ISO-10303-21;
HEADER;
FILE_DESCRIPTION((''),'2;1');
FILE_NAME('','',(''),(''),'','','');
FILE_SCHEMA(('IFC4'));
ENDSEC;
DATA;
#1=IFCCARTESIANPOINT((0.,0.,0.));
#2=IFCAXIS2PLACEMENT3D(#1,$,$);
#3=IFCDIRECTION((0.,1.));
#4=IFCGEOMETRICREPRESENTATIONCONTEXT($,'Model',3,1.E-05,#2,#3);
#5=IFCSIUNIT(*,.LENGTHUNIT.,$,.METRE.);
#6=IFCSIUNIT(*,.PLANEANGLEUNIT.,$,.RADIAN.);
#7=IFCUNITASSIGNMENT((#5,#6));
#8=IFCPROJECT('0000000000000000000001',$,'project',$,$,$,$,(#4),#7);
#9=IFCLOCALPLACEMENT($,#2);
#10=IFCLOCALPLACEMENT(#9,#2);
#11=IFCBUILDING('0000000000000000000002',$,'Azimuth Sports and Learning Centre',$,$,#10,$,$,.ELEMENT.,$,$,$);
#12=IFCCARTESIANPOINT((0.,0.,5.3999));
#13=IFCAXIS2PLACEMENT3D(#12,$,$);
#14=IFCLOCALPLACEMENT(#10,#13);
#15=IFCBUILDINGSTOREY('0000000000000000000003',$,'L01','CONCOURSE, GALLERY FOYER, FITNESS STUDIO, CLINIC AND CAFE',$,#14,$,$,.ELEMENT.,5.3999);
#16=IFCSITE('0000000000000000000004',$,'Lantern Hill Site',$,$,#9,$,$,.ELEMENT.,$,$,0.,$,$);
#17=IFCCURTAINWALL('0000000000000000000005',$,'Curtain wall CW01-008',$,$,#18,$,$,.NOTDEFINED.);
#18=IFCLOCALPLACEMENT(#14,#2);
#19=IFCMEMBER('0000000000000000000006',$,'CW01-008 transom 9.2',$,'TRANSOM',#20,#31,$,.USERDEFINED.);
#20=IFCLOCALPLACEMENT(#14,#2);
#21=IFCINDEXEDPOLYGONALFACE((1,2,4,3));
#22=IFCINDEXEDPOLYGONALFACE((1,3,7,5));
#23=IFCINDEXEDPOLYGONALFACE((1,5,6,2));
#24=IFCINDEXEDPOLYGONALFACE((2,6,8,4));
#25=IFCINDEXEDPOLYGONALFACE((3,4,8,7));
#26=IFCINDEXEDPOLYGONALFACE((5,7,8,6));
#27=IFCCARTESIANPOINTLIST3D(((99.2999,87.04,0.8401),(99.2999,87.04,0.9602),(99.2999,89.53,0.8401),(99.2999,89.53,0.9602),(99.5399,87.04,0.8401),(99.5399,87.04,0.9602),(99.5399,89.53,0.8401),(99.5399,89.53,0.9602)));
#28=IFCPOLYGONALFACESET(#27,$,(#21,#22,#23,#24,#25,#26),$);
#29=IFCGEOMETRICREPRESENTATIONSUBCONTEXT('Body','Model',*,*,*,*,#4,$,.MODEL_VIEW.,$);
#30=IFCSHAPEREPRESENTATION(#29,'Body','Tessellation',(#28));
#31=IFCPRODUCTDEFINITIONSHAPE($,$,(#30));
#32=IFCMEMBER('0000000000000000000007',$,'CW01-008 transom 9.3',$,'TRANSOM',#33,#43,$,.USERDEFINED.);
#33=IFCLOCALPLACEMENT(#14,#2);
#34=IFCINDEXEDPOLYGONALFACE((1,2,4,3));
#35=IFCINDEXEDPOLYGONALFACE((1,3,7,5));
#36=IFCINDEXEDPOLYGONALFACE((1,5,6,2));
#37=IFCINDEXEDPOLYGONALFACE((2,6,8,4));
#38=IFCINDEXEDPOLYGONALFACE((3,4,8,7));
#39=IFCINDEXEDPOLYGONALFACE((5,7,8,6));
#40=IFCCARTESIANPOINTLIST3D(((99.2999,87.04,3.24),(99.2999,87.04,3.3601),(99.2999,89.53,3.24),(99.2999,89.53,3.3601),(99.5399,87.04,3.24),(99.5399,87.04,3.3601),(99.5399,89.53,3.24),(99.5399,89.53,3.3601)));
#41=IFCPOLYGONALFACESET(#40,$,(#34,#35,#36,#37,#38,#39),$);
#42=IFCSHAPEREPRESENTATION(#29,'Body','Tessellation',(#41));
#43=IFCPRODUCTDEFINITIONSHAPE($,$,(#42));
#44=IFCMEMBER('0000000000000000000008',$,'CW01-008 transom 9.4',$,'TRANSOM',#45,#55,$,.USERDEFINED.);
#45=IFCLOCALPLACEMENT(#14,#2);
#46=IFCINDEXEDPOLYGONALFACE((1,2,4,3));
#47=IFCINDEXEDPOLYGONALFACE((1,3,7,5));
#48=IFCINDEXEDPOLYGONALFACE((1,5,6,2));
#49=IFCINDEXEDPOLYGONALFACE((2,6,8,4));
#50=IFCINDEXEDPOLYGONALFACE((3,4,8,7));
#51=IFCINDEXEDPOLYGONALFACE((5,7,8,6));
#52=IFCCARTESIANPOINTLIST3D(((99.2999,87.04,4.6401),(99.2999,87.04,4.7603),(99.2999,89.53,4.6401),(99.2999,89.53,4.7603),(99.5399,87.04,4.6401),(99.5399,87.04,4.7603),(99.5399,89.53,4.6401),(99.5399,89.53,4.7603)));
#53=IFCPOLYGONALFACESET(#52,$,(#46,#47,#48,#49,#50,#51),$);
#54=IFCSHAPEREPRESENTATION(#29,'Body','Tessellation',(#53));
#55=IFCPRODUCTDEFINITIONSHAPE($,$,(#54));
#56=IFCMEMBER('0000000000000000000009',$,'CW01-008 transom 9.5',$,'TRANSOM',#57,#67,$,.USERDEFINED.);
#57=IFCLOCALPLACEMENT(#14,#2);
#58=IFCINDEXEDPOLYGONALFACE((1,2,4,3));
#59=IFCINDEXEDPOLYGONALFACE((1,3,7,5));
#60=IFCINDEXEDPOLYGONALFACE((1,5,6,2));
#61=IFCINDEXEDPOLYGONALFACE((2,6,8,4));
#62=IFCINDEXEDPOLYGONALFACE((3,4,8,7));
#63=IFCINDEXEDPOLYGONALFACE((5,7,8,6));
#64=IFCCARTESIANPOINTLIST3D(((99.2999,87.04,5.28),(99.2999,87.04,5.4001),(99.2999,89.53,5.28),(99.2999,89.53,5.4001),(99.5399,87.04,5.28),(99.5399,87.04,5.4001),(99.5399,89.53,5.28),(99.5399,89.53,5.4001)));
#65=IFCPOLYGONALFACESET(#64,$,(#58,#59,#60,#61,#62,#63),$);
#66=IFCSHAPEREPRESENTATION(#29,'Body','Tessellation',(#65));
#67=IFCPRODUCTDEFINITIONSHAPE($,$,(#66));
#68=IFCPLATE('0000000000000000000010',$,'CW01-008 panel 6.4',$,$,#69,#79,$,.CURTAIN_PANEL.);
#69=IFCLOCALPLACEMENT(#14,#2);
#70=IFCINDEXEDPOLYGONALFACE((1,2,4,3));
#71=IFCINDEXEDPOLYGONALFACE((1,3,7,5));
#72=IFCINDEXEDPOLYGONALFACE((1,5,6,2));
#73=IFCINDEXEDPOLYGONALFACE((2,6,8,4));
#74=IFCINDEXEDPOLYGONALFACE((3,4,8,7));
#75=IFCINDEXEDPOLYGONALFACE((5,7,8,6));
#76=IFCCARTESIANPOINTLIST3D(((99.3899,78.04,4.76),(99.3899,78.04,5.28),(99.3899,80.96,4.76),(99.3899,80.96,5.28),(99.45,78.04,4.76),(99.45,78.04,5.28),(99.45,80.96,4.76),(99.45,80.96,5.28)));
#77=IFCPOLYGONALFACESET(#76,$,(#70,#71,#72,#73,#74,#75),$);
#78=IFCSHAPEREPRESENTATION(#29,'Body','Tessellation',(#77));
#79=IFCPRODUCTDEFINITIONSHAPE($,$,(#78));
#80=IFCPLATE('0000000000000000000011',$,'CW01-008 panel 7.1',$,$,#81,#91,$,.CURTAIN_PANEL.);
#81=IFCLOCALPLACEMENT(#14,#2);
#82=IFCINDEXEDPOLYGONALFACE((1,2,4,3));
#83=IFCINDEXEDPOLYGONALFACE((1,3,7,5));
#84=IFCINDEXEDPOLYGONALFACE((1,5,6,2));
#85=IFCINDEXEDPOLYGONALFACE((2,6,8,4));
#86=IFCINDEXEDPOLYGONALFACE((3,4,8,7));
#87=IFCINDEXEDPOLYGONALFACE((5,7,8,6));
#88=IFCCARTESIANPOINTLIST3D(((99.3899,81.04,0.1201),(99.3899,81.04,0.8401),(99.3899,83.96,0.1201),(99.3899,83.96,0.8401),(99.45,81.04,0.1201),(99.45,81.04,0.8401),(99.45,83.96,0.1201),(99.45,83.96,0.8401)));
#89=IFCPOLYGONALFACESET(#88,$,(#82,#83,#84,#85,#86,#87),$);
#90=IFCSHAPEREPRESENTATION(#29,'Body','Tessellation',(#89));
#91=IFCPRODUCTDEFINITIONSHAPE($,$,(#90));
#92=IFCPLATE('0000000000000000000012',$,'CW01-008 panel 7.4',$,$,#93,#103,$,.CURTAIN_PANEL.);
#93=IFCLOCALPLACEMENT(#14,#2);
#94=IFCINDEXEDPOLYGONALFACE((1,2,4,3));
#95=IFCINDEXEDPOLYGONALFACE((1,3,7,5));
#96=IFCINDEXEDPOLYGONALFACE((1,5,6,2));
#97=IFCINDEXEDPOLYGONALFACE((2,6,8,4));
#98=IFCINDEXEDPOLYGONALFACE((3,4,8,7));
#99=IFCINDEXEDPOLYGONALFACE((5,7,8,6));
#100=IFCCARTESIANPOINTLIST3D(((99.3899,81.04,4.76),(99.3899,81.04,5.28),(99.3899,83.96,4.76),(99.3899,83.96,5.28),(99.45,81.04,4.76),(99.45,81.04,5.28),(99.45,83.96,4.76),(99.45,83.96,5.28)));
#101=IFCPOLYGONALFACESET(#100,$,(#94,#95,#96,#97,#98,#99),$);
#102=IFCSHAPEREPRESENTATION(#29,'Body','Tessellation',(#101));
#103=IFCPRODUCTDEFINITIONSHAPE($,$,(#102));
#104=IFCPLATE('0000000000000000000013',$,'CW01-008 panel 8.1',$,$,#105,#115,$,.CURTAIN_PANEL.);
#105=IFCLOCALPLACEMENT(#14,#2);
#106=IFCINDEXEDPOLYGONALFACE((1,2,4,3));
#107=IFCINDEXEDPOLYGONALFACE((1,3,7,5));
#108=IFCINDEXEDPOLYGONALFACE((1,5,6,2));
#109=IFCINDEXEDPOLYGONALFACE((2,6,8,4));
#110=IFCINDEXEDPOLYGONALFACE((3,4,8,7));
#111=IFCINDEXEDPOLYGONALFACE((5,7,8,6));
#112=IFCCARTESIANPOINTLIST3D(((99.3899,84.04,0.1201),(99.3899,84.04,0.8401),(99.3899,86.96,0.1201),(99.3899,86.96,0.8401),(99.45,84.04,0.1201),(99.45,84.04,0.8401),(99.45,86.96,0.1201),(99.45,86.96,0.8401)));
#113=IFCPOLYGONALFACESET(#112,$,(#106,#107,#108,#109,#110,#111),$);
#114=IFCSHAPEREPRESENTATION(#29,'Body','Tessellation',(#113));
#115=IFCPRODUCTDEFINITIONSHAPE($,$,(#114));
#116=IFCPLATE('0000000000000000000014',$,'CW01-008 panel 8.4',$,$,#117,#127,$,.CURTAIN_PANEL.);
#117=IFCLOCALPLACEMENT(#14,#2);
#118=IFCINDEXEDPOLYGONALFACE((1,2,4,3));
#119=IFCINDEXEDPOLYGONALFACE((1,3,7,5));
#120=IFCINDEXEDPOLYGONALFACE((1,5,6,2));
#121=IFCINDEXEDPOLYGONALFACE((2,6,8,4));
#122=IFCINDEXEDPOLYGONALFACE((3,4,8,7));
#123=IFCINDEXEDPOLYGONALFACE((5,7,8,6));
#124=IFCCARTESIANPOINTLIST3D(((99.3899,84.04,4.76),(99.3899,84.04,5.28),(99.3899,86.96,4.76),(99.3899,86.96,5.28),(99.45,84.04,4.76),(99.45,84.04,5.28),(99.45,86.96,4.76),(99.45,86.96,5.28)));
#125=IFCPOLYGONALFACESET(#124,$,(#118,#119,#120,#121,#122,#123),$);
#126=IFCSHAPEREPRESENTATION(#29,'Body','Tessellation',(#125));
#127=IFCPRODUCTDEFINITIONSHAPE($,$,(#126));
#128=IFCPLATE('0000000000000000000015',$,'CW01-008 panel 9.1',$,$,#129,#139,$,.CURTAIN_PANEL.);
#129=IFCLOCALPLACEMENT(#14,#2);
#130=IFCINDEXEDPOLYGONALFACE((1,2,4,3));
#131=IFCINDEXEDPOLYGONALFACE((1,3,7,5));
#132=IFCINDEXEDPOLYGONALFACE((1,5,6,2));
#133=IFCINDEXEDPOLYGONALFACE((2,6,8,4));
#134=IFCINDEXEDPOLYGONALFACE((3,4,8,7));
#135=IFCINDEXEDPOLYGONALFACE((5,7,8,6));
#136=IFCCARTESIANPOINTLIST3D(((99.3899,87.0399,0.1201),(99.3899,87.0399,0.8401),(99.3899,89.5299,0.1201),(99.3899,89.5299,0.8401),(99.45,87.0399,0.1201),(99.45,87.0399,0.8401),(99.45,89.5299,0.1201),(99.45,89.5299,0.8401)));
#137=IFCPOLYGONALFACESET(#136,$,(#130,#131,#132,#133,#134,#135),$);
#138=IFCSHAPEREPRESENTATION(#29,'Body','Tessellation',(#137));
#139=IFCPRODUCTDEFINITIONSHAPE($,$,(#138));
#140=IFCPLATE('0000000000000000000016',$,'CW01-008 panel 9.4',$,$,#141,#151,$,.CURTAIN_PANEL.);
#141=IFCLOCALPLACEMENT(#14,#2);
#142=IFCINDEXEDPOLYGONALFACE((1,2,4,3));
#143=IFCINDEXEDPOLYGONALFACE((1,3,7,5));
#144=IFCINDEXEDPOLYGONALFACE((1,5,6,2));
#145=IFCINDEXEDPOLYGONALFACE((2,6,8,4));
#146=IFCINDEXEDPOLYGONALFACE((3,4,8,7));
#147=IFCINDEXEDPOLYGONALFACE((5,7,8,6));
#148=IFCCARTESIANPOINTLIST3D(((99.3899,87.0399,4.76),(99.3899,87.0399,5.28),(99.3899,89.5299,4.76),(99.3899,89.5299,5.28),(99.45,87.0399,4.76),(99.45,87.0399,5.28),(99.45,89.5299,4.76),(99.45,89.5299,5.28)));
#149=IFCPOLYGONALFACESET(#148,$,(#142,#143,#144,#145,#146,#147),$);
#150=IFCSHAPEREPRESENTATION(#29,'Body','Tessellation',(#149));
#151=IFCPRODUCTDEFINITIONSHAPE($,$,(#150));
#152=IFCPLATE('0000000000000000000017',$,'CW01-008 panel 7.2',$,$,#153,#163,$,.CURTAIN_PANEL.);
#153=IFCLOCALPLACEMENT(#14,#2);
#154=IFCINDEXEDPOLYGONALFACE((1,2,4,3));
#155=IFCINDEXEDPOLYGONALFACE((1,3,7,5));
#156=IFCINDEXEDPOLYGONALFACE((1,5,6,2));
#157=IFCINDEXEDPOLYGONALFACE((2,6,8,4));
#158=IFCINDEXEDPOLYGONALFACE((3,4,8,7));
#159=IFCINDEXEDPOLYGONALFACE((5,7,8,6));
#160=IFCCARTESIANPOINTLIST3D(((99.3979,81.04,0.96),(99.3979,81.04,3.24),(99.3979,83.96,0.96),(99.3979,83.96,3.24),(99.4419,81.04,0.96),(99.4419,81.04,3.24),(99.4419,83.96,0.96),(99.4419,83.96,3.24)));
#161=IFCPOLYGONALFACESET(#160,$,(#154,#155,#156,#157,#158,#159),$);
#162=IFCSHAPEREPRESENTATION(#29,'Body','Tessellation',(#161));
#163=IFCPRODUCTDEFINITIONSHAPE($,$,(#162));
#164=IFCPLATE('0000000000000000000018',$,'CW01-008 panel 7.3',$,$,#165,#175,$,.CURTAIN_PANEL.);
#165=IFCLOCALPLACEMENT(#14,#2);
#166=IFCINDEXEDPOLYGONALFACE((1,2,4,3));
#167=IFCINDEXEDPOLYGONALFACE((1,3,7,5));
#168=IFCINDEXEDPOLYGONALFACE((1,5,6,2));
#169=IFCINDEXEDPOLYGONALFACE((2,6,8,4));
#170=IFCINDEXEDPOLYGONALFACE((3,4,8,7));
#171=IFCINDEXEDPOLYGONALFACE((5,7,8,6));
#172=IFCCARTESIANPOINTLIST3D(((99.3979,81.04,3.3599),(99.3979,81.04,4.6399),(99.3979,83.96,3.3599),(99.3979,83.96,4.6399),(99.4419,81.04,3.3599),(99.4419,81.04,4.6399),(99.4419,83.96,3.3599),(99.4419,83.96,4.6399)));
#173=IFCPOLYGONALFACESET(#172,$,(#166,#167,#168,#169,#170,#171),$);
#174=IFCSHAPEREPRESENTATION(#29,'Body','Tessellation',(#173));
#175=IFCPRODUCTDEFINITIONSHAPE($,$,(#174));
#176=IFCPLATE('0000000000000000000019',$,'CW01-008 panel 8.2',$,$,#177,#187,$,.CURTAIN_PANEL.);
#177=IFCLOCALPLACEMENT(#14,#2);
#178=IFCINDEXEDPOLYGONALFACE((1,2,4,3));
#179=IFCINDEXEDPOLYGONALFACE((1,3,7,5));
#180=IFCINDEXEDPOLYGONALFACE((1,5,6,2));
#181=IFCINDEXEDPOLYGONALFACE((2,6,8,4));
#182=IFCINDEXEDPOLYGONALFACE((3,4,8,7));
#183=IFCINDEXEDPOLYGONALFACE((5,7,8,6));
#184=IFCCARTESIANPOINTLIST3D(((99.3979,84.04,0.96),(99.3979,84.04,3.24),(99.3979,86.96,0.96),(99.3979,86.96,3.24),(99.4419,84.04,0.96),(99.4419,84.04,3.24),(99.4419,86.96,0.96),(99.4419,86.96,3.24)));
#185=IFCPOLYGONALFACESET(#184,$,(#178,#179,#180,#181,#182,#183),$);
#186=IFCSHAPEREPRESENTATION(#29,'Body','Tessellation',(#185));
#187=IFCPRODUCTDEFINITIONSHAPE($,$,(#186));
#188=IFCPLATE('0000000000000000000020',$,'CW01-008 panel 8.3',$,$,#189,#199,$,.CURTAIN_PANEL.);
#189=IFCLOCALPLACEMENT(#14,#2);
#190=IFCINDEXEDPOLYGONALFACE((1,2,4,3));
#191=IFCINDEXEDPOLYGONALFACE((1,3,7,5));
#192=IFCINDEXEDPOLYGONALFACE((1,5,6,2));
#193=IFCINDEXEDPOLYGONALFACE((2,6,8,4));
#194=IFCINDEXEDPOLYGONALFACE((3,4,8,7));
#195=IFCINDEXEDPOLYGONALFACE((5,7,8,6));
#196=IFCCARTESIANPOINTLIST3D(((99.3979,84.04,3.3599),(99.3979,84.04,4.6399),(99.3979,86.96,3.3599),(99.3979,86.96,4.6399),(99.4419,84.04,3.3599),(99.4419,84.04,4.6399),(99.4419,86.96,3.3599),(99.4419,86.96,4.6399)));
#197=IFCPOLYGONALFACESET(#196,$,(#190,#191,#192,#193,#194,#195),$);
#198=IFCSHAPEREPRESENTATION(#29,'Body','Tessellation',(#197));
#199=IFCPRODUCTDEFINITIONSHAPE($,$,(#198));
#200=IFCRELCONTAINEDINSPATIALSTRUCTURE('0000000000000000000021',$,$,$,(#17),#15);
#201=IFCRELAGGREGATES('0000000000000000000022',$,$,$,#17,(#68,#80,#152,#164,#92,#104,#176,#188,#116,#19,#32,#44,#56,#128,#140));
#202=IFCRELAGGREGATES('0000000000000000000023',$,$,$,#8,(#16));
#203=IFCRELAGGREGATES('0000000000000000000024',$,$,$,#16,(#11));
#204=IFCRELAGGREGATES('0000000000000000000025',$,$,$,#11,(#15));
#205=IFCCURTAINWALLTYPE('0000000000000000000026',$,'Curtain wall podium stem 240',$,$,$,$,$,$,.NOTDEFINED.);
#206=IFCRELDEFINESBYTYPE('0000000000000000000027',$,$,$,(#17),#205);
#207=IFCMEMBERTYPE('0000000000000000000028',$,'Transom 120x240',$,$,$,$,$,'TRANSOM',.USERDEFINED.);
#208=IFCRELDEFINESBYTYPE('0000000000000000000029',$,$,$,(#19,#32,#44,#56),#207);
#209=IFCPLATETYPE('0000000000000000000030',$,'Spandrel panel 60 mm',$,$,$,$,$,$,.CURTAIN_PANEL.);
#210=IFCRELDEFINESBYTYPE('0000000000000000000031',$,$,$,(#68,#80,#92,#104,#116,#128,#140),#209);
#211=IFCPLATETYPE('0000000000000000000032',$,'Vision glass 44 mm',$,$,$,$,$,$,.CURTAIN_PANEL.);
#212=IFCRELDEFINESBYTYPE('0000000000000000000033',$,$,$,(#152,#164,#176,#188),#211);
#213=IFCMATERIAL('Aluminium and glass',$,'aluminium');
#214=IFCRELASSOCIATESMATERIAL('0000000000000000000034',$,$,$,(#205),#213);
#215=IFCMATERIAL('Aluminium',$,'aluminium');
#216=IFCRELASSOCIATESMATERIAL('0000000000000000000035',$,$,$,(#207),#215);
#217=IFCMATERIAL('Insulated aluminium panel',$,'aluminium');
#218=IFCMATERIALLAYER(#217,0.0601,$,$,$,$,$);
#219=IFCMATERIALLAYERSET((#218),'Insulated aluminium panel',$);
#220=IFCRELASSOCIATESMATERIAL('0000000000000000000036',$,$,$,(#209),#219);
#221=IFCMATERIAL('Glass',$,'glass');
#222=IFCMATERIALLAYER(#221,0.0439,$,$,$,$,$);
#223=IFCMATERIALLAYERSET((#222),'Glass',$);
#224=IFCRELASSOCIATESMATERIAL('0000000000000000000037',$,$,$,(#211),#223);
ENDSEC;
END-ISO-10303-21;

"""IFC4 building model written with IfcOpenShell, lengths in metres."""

from ifc_helpers import new_model, si_unit, direction, frame, origin, origin_2d, place, context, subcontext, project, spatial, rectangle, extrude, material, layer, layer_set, material_profile, profile_set, type_object, element, aggregate, save


model = new_model("IFC4")

# Units and contexts
model_context = context("Model", 3, precision=1e-05, world=origin(), true_north=direction((0.0, 1.0)))
body_context = subcontext(model_context, "Body", "Model", "MODEL_VIEW")
ifc_project = project(units=[si_unit("LENGTHUNIT", "METRE"), si_unit("PLANEANGLEUNIT", "RADIAN")], contexts=[model_context])

# Site, building, storey
site_placement = place(None, origin())
site = spatial("IfcSite", under=ifc_project, at=site_placement, Name="Lantern Hill Site", CompositionType="ELEMENT", RefElevation=0.0)
building_placement = place(site_placement, origin())
building = spatial("IfcBuilding", under=site, at=building_placement, Name="Azimuth Sports and Learning Centre", CompositionType="ELEMENT")
storey_placement = place(building_placement, frame((0.0, 0.0, 5.3999)))
storey = spatial("IfcBuildingStorey", under=building, at=storey_placement, Name="L01", Description="CONCOURSE, GALLERY FOYER, FITNESS STUDIO, CLINIC AND CAFE", CompositionType="ELEMENT", Elevation=5.3999)

# Curtain wall, members, plates
ifc_material_1 = material(Name="Aluminium and glass", Category="aluminium")
curtain_wall_type = type_object("IfcCurtainWallType", Name="Curtain wall podium stem 240", PredefinedType="NOTDEFINED", material=ifc_material_1)
curtain_wall_placement = place(storey_placement, origin())
curtain_wall = element("IfcCurtainWall", 1, at=curtain_wall_placement, inside=storey, type_object=curtain_wall_type, Name="Curtain wall CW01-008", PredefinedType="NOTDEFINED")
ifc_material_2 = material(Name="Aluminium", Category="aluminium")
ifc_material_profile_1 = material_profile(ifc_material_2, rectangle(XDim=0.24, YDim=0.1201, at=origin_2d()), Name="Transom 120x240")
ifc_profile_set_1 = profile_set([ifc_material_profile_1], Name="Aluminium")
member_type_1 = type_object("IfcMemberType", Name="Transom 120x240", ElementType="TRANSOM", PredefinedType="USERDEFINED", material=ifc_profile_set_1)
member_1_placement = place(storey_placement, frame((99.4199, 87.04, 0.9001), z_axis=(0.0, 1.0, 0.0), x_axis=(-1.0, 0.0, 0.0)))
member_1 = element("IfcMember", 2, at=member_1_placement, type_object=member_type_1, Name="CW01-008 transom 9.2", ObjectType="TRANSOM", PredefinedType="USERDEFINED", context=body_context, shape_type="SweptSolid", body=[
    extrude(rectangle(XDim=0.24, YDim=0.1201, at=origin_2d()), origin(), (0.0, 0.0, 1.0), 2.49),
])
member_2_placement = place(storey_placement, frame((99.4199, 87.04, 3.3), z_axis=(0.0, 1.0, 0.0), x_axis=(-1.0, 0.0, 0.0)))
member_2 = element("IfcMember", 3, at=member_2_placement, type_object=member_type_1, Name="CW01-008 transom 9.3", ObjectType="TRANSOM", PredefinedType="USERDEFINED", context=body_context, shape_type="SweptSolid", body=[
    extrude(rectangle(XDim=0.24, YDim=0.1201, at=origin_2d()), origin(), (0.0, 0.0, 1.0), 2.49),
])
member_3_placement = place(storey_placement, frame((99.4199, 87.04, 4.7002), z_axis=(0.0, 1.0, 0.0), x_axis=(-1.0, 0.0, 0.0)))
member_3 = element("IfcMember", 4, at=member_3_placement, type_object=member_type_1, Name="CW01-008 transom 9.4", ObjectType="TRANSOM", PredefinedType="USERDEFINED", context=body_context, shape_type="SweptSolid", body=[
    extrude(rectangle(XDim=0.24, YDim=0.1201, at=origin_2d()), origin(), (0.0, 0.0, 1.0), 2.49),
])
member_4_placement = place(storey_placement, frame((99.4199, 87.04, 5.3401), z_axis=(0.0, 1.0, 0.0), x_axis=(-1.0, 0.0, 0.0)))
member_4 = element("IfcMember", 5, at=member_4_placement, type_object=member_type_1, Name="CW01-008 transom 9.5", ObjectType="TRANSOM", PredefinedType="USERDEFINED", context=body_context, shape_type="SweptSolid", body=[
    extrude(rectangle(XDim=0.24, YDim=0.1201, at=origin_2d()), origin(), (0.0, 0.0, 1.0), 2.49),
])
ifc_material_3 = material(Name="Insulated aluminium panel", Category="aluminium")
ifc_layer_1 = layer(ifc_material_3, 0.0601)
ifc_layer_set_1 = layer_set([ifc_layer_1], Name="Insulated aluminium panel")
plate_type_1 = type_object("IfcPlateType", Name="Spandrel panel 60 mm", PredefinedType="CURTAIN_PANEL", material=ifc_layer_set_1)
plate_1_placement = place(storey_placement, frame((99.4199, 79.5, 4.76), z_axis=(0.0, 0.0, 1.0), x_axis=(0.0, 1.0, 0.0)))
plate_1 = element("IfcPlate", 6, at=plate_1_placement, type_object=plate_type_1, Name="CW01-008 panel 6.4", PredefinedType="CURTAIN_PANEL", context=body_context, shape_type="SweptSolid", body=[
    extrude(rectangle(XDim=2.9199, YDim=0.0601, at=origin_2d()), origin(), (0.0, 0.0, 1.0), 0.52),
])
plate_2_placement = place(storey_placement, frame((99.4199, 82.5, 0.1201), z_axis=(0.0, 0.0, 1.0), x_axis=(0.0, 1.0, 0.0)))
plate_2 = element("IfcPlate", 7, at=plate_2_placement, type_object=plate_type_1, Name="CW01-008 panel 7.1", PredefinedType="CURTAIN_PANEL", context=body_context, shape_type="SweptSolid", body=[
    extrude(rectangle(XDim=2.9199, YDim=0.0601, at=origin_2d()), origin(), (0.0, 0.0, 1.0), 0.72),
])
plate_3_placement = place(storey_placement, frame((99.4199, 82.5, 4.76), z_axis=(0.0, 0.0, 1.0), x_axis=(0.0, 1.0, 0.0)))
plate_3 = element("IfcPlate", 8, at=plate_3_placement, type_object=plate_type_1, Name="CW01-008 panel 7.4", PredefinedType="CURTAIN_PANEL", context=body_context, shape_type="SweptSolid", body=[
    extrude(rectangle(XDim=2.9199, YDim=0.0601, at=origin_2d()), origin(), (0.0, 0.0, 1.0), 0.52),
])
plate_4_placement = place(storey_placement, frame((99.4199, 85.5, 0.1201), z_axis=(0.0, 0.0, 1.0), x_axis=(0.0, 1.0, 0.0)))
plate_4 = element("IfcPlate", 9, at=plate_4_placement, type_object=plate_type_1, Name="CW01-008 panel 8.1", PredefinedType="CURTAIN_PANEL", context=body_context, shape_type="SweptSolid", body=[
    extrude(rectangle(XDim=2.9199, YDim=0.0601, at=origin_2d()), origin(), (0.0, 0.0, 1.0), 0.72),
])
plate_5_placement = place(storey_placement, frame((99.4199, 85.5, 4.76), z_axis=(0.0, 0.0, 1.0), x_axis=(0.0, 1.0, 0.0)))
plate_5 = element("IfcPlate", 10, at=plate_5_placement, type_object=plate_type_1, Name="CW01-008 panel 8.4", PredefinedType="CURTAIN_PANEL", context=body_context, shape_type="SweptSolid", body=[
    extrude(rectangle(XDim=2.9199, YDim=0.0601, at=origin_2d()), origin(), (0.0, 0.0, 1.0), 0.52),
])
plate_6_placement = place(storey_placement, frame((99.4199, 88.2849, 0.1201), z_axis=(0.0, 0.0, 1.0), x_axis=(0.0, 1.0, 0.0)))
plate_6 = element("IfcPlate", 11, at=plate_6_placement, type_object=plate_type_1, Name="CW01-008 panel 9.1", PredefinedType="CURTAIN_PANEL", context=body_context, shape_type="SweptSolid", body=[
    extrude(rectangle(XDim=2.49, YDim=0.0601, at=origin_2d()), origin(), (0.0, 0.0, 1.0), 0.72),
])
plate_7_placement = place(storey_placement, frame((99.4199, 88.2849, 4.76), z_axis=(0.0, 0.0, 1.0), x_axis=(0.0, 1.0, 0.0)))
plate_7 = element("IfcPlate", 12, at=plate_7_placement, type_object=plate_type_1, Name="CW01-008 panel 9.4", PredefinedType="CURTAIN_PANEL", context=body_context, shape_type="SweptSolid", body=[
    extrude(rectangle(XDim=2.49, YDim=0.0601, at=origin_2d()), origin(), (0.0, 0.0, 1.0), 0.52),
])
ifc_material_4 = material(Name="Glass", Category="glass")
ifc_layer_2 = layer(ifc_material_4, 0.0439)
ifc_layer_set_2 = layer_set([ifc_layer_2], Name="Glass")
plate_type_2 = type_object("IfcPlateType", Name="Vision glass 44 mm", PredefinedType="CURTAIN_PANEL", material=ifc_layer_set_2)
plate_8_placement = place(storey_placement, frame((99.4199, 82.5, 0.96), z_axis=(0.0, 0.0, 1.0), x_axis=(0.0, 1.0, 0.0)))
plate_8 = element("IfcPlate", 13, at=plate_8_placement, type_object=plate_type_2, Name="CW01-008 panel 7.2", PredefinedType="CURTAIN_PANEL", context=body_context, shape_type="SweptSolid", body=[
    extrude(rectangle(XDim=2.9199, YDim=0.0439, at=origin_2d()), origin(), (0.0, 0.0, 1.0), 2.28),
])
plate_9_placement = place(storey_placement, frame((99.4199, 82.5, 3.3599), z_axis=(0.0, 0.0, 1.0), x_axis=(0.0, 1.0, 0.0)))
plate_9 = element("IfcPlate", 14, at=plate_9_placement, type_object=plate_type_2, Name="CW01-008 panel 7.3", PredefinedType="CURTAIN_PANEL", context=body_context, shape_type="SweptSolid", body=[
    extrude(rectangle(XDim=2.9199, YDim=0.0439, at=origin_2d()), origin(), (0.0, 0.0, 1.0), 1.28),
])
plate_10_placement = place(storey_placement, frame((99.4199, 85.5, 0.96), z_axis=(0.0, 0.0, 1.0), x_axis=(0.0, 1.0, 0.0)))
plate_10 = element("IfcPlate", 15, at=plate_10_placement, type_object=plate_type_2, Name="CW01-008 panel 8.2", PredefinedType="CURTAIN_PANEL", context=body_context, shape_type="SweptSolid", body=[
    extrude(rectangle(XDim=2.9199, YDim=0.0439, at=origin_2d()), origin(), (0.0, 0.0, 1.0), 2.28),
])
plate_11_placement = place(storey_placement, frame((99.4199, 85.5, 3.3599), z_axis=(0.0, 0.0, 1.0), x_axis=(0.0, 1.0, 0.0)))
plate_11 = element("IfcPlate", 16, at=plate_11_placement, type_object=plate_type_2, Name="CW01-008 panel 8.3", PredefinedType="CURTAIN_PANEL", context=body_context, shape_type="SweptSolid", body=[
    extrude(rectangle(XDim=2.9199, YDim=0.0439, at=origin_2d()), origin(), (0.0, 0.0, 1.0), 1.28),
])
aggregate(curtain_wall, [plate_1, plate_2, plate_8, plate_9, plate_3, plate_4, plate_10, plate_11, plate_5, member_1, member_2, member_3, member_4, plate_6, plate_7])

save(model, "model.ifc")
